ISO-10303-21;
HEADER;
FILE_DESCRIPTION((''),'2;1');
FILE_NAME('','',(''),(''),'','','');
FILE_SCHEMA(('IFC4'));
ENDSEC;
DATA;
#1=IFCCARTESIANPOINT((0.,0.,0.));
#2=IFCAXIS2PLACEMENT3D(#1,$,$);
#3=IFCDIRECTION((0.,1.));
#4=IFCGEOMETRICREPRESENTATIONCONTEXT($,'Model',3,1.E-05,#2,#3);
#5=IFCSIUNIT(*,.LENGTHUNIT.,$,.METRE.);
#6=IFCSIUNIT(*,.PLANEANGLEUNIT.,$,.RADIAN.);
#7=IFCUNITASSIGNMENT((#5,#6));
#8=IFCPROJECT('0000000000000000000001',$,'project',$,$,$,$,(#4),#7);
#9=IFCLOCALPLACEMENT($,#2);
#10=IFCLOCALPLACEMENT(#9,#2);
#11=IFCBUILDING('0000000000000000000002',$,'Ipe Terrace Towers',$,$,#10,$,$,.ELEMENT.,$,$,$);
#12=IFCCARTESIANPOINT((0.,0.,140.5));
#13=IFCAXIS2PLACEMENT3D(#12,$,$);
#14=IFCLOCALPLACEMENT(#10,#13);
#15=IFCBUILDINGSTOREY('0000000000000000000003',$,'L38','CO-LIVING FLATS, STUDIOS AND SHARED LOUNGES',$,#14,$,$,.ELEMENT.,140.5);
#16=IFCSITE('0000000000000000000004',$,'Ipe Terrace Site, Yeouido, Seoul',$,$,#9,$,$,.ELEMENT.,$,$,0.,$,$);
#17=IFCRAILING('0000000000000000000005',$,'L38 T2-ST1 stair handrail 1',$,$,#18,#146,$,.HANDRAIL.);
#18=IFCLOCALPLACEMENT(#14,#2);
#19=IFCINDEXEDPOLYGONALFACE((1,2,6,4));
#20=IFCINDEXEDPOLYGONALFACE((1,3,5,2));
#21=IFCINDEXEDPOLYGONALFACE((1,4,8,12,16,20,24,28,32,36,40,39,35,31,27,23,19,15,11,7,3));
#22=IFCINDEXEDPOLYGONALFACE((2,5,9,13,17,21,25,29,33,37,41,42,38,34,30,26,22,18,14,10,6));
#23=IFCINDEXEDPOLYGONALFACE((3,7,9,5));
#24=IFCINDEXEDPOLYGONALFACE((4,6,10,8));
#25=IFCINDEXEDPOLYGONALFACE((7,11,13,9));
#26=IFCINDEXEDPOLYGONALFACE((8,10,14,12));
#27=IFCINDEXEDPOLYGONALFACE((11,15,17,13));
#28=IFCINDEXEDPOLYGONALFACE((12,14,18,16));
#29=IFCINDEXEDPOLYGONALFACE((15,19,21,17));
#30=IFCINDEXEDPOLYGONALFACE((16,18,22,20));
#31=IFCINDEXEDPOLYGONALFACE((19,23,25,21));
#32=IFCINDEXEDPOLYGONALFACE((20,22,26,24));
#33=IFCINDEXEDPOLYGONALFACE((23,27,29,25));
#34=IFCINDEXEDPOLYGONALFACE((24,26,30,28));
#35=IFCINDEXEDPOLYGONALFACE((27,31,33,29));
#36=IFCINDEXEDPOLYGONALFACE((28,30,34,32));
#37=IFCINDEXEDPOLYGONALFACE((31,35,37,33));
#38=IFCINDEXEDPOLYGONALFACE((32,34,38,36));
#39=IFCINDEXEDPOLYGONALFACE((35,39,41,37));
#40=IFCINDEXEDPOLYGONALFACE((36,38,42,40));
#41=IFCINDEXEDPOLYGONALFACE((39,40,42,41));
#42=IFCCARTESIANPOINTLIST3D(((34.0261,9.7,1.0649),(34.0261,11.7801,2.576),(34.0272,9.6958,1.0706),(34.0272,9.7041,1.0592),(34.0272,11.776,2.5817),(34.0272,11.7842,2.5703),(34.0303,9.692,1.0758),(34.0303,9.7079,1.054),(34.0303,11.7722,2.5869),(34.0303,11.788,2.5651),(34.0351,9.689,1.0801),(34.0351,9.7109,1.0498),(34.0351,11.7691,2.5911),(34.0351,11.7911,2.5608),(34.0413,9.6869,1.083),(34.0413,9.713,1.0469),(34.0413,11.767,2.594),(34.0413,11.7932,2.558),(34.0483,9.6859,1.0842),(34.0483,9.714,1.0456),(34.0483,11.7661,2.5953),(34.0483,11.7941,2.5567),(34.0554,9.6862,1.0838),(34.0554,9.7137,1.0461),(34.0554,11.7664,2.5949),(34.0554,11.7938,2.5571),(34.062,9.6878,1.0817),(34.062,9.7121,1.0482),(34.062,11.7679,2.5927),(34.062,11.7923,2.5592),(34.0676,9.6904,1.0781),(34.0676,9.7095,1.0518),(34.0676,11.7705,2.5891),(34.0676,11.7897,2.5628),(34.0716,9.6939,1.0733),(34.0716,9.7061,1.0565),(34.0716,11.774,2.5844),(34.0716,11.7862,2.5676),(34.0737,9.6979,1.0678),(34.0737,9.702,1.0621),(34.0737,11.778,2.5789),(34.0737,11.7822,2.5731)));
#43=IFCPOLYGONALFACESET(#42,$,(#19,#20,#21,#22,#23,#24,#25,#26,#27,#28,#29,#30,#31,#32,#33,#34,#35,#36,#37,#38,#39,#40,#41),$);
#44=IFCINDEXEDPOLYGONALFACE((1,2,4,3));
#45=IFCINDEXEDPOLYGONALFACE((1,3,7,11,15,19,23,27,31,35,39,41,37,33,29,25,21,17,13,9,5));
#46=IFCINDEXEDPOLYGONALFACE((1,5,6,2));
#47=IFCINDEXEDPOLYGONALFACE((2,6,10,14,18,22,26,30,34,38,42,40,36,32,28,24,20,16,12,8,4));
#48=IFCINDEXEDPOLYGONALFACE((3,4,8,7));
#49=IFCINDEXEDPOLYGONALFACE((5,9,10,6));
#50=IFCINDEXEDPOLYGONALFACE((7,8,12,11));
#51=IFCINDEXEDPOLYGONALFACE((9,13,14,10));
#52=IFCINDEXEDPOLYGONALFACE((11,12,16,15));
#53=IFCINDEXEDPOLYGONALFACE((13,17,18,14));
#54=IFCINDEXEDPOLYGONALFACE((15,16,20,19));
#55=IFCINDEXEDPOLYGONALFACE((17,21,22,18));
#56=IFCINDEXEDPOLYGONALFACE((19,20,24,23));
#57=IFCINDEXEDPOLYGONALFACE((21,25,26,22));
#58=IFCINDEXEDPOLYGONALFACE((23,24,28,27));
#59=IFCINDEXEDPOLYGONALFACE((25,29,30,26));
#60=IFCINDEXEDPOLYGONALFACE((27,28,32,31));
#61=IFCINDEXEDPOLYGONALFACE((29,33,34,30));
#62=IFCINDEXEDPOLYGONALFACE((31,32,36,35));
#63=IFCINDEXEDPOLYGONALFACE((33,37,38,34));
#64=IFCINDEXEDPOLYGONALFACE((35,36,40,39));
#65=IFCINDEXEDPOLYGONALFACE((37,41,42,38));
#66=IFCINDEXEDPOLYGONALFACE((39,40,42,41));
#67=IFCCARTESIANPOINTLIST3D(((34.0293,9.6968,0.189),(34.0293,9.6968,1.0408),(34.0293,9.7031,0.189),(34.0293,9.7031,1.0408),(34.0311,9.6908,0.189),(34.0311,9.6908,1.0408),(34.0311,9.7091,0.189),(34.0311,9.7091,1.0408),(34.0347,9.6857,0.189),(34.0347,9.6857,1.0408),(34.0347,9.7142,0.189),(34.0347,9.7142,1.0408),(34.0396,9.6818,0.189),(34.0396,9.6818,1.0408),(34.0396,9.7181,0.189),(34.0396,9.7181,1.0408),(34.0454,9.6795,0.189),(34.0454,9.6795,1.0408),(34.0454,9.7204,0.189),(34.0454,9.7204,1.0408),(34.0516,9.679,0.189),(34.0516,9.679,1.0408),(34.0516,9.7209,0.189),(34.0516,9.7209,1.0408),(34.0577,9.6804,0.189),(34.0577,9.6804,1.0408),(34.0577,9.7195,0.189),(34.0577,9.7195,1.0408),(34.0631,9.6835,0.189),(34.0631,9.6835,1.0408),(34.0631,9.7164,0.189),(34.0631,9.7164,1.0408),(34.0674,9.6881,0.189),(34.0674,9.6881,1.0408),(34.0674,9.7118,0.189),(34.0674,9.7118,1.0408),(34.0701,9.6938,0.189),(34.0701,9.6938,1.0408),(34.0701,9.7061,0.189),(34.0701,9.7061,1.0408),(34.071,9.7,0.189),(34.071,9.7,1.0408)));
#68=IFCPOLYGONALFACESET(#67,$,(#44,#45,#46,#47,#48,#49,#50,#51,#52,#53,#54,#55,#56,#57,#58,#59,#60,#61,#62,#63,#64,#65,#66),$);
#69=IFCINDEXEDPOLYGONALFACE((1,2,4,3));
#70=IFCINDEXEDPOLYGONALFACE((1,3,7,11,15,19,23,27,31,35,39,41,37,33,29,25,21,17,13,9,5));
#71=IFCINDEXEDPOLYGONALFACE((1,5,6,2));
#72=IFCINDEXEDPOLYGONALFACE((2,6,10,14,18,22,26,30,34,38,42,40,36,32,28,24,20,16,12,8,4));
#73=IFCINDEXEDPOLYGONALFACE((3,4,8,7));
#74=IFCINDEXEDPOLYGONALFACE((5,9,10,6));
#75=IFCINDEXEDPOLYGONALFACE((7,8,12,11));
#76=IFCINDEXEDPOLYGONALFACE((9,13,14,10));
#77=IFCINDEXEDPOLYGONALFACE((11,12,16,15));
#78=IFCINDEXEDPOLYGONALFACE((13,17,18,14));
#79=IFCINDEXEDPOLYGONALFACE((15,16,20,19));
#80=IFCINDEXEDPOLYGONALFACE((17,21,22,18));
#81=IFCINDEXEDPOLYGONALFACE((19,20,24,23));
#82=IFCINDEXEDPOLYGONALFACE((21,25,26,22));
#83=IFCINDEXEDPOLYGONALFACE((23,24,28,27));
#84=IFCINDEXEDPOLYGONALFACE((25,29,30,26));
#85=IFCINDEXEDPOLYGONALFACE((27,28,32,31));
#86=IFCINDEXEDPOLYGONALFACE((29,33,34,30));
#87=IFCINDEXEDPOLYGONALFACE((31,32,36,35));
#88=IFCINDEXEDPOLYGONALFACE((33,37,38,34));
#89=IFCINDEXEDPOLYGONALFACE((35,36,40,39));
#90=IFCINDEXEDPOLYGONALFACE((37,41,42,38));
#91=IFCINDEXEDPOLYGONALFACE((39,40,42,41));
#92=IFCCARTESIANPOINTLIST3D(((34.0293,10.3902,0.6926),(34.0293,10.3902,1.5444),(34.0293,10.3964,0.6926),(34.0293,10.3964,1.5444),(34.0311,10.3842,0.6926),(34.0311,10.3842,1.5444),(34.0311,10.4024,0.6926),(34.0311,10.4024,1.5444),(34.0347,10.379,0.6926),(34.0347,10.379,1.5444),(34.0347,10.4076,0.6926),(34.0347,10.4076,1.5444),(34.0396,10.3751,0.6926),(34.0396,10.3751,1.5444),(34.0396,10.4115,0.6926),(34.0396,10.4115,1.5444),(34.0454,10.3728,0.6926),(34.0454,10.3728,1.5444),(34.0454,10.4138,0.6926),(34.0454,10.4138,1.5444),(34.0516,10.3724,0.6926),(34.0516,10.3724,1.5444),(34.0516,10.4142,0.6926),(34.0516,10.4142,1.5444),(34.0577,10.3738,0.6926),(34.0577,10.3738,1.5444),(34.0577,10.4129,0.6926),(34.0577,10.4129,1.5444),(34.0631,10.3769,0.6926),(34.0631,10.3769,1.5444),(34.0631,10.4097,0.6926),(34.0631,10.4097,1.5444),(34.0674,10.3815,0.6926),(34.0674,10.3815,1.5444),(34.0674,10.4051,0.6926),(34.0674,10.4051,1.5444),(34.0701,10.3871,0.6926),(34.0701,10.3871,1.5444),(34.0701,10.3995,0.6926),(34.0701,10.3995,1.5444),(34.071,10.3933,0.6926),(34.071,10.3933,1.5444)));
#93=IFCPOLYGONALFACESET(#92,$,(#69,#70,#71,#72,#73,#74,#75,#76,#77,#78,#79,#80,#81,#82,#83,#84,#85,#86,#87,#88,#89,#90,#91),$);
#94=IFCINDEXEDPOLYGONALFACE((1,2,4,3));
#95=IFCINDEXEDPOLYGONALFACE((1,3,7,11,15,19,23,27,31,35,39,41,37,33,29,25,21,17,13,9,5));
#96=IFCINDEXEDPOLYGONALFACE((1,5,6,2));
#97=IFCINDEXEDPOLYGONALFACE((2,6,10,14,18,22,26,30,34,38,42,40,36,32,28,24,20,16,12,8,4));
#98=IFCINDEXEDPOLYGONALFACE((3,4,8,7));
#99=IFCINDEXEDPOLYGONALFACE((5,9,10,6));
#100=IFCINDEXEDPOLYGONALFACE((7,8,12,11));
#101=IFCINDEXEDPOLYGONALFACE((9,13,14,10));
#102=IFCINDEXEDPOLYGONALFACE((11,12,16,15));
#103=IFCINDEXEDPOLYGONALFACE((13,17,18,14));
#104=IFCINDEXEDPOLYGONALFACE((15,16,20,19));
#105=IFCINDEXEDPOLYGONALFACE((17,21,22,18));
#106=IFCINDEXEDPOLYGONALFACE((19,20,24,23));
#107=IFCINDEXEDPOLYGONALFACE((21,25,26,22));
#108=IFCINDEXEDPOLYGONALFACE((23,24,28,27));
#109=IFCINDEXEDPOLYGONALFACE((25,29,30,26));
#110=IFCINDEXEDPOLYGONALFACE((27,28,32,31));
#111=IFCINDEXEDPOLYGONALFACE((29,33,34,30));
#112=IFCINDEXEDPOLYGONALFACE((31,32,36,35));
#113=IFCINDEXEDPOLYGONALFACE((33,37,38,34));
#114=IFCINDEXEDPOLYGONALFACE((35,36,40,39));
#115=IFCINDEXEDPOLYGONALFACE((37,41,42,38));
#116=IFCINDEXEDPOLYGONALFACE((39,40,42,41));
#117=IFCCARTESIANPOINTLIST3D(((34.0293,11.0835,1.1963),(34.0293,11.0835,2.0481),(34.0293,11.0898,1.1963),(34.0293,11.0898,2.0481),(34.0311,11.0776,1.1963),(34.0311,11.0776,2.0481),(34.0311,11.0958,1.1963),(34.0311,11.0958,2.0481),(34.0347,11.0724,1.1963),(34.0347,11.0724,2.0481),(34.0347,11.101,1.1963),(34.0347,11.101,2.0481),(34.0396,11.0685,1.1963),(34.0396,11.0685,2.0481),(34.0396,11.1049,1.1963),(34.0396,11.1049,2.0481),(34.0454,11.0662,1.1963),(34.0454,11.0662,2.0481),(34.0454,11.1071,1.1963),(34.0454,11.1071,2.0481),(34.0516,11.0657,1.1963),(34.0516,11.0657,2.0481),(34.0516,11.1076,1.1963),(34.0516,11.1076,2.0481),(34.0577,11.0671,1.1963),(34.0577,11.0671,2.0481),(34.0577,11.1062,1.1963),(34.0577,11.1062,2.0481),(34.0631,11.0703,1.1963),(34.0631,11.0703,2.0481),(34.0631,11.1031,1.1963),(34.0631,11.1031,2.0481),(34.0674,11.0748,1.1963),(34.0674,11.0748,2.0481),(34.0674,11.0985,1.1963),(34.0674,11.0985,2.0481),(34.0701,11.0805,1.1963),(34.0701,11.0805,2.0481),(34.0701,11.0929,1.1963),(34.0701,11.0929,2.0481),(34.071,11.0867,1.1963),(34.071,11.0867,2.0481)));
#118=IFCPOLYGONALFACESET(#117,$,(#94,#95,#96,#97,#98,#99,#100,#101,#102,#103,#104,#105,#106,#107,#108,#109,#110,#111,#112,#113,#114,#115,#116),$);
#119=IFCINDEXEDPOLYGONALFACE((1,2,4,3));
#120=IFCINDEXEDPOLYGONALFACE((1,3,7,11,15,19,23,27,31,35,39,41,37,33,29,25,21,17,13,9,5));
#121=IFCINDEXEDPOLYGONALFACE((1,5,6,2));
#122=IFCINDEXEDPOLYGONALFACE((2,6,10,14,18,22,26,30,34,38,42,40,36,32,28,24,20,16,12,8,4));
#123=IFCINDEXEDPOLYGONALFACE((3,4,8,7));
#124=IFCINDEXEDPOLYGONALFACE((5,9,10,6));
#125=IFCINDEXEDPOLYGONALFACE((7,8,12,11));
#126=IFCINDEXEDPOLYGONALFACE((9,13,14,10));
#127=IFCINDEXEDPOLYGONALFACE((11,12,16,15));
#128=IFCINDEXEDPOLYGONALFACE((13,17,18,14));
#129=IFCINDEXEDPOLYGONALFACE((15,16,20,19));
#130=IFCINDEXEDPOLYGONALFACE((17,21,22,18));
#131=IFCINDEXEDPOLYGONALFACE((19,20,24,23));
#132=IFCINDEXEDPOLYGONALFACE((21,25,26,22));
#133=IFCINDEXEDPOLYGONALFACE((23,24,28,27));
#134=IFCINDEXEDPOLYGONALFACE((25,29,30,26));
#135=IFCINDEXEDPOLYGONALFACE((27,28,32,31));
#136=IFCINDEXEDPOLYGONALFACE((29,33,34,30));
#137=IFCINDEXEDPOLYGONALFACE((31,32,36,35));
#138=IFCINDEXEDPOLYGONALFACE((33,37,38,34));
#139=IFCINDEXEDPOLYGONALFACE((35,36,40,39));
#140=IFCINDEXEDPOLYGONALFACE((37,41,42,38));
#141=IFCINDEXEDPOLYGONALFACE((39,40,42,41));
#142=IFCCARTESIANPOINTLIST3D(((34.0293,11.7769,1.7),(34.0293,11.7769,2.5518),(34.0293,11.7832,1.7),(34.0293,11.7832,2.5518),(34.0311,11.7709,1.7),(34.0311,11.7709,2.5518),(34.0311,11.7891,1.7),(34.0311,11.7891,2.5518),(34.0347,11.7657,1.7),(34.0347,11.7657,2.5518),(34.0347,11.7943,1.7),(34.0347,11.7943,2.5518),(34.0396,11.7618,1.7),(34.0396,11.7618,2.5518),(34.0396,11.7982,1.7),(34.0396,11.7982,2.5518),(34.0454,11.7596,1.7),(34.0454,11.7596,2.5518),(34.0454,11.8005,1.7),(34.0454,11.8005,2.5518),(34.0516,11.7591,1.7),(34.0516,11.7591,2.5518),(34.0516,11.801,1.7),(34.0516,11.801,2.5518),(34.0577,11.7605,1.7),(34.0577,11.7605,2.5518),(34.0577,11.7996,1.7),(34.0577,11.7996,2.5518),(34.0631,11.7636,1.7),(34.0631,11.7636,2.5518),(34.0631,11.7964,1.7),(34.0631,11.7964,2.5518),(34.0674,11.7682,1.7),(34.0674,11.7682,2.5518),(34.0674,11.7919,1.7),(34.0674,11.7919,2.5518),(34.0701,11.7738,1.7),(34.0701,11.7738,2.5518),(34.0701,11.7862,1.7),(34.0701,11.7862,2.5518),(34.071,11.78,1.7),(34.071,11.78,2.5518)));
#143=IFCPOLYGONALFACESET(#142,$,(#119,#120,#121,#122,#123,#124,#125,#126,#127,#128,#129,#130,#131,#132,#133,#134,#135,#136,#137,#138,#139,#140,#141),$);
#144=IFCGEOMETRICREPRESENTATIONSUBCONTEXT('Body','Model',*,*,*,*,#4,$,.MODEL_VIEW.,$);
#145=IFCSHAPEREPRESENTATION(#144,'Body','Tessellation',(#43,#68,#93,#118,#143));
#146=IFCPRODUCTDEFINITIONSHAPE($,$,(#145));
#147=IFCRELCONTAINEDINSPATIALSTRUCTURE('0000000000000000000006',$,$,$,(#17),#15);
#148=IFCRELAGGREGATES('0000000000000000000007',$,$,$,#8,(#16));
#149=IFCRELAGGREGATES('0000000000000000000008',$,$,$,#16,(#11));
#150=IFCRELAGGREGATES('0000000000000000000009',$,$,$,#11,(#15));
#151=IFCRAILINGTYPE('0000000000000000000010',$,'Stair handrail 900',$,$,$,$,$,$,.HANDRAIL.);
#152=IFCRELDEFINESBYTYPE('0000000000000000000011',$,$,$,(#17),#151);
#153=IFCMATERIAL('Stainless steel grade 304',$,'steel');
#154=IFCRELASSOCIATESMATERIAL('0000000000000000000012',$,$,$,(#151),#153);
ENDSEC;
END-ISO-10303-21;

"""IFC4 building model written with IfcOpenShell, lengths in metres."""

from ifc_helpers import new_model, si_unit, direction, frame, origin, origin_2d, place, context, subcontext, project, spatial, circle, extrude, material, type_object, element, save


model = new_model("IFC4")

# Units and contexts
model_context = context("Model", 3, precision=1e-05, world=origin(), true_north=direction((0.0, 1.0)))
body_context = subcontext(model_context, "Body", "Model", "MODEL_VIEW")
ifc_project = project(units=[si_unit("LENGTHUNIT", "METRE"), si_unit("PLANEANGLEUNIT", "RADIAN")], contexts=[model_context])

# Site, building, storey
site_placement = place(None, origin())
site = spatial("IfcSite", under=ifc_project, at=site_placement, Name="Ipe Terrace Site, Yeouido, Seoul", CompositionType="ELEMENT", RefElevation=0.0)
building_placement = place(site_placement, origin())
building = spatial("IfcBuilding", under=site, at=building_placement, Name="Ipe Terrace Towers", CompositionType="ELEMENT")
storey_placement = place(building_placement, frame((0.0, 0.0, 140.5)))
storey = spatial("IfcBuildingStorey", under=building, at=storey_placement, Name="L38", Description="CO-LIVING FLATS, STUDIOS AND SHARED LOUNGES", CompositionType="ELEMENT", Elevation=140.5)

# Railing
ifc_material_1 = material(Name="Stainless steel grade 304", Category="steel")
railing_type_1 = type_object("IfcRailingType", Name="Stair handrail 900", PredefinedType="HANDRAIL", material=ifc_material_1)
railing_1_placement = place(storey_placement, frame((34.05, 9.7, 0.189)))
element("IfcRailing", 1, at=railing_1_placement, inside=storey, type_object=railing_type_1, Name="L38 T2-ST1 stair handrail 1", PredefinedType="HANDRAIL", context=body_context, shape_type="SweptSolid", body=[
    extrude(circle(Radius=0.0239, at=origin_2d()), frame((0.0, 0.0, 0.876), z_axis=(0.0, 0.809069, 0.587714), x_axis=(-1.0, 0.0, 0.0)), (0.0, 0.0, 1.0), 2.571),
    extrude(circle(Radius=0.021, at=origin_2d()), origin(), (0.0, 0.0, 1.0), 0.8518),
    extrude(circle(Radius=0.021, at=origin_2d()), frame((0.0, 0.6934, 0.5037)), (0.0, 0.0, 1.0), 0.8518),
    extrude(circle(Radius=0.021, at=origin_2d()), frame((0.0, 1.3867, 1.0073)), (0.0, 0.0, 1.0), 0.8518),
    extrude(circle(Radius=0.021, at=origin_2d()), frame((0.0, 2.0801, 1.511)), (0.0, 0.0, 1.0), 0.8518),
])

save(model, "model.ifc")
